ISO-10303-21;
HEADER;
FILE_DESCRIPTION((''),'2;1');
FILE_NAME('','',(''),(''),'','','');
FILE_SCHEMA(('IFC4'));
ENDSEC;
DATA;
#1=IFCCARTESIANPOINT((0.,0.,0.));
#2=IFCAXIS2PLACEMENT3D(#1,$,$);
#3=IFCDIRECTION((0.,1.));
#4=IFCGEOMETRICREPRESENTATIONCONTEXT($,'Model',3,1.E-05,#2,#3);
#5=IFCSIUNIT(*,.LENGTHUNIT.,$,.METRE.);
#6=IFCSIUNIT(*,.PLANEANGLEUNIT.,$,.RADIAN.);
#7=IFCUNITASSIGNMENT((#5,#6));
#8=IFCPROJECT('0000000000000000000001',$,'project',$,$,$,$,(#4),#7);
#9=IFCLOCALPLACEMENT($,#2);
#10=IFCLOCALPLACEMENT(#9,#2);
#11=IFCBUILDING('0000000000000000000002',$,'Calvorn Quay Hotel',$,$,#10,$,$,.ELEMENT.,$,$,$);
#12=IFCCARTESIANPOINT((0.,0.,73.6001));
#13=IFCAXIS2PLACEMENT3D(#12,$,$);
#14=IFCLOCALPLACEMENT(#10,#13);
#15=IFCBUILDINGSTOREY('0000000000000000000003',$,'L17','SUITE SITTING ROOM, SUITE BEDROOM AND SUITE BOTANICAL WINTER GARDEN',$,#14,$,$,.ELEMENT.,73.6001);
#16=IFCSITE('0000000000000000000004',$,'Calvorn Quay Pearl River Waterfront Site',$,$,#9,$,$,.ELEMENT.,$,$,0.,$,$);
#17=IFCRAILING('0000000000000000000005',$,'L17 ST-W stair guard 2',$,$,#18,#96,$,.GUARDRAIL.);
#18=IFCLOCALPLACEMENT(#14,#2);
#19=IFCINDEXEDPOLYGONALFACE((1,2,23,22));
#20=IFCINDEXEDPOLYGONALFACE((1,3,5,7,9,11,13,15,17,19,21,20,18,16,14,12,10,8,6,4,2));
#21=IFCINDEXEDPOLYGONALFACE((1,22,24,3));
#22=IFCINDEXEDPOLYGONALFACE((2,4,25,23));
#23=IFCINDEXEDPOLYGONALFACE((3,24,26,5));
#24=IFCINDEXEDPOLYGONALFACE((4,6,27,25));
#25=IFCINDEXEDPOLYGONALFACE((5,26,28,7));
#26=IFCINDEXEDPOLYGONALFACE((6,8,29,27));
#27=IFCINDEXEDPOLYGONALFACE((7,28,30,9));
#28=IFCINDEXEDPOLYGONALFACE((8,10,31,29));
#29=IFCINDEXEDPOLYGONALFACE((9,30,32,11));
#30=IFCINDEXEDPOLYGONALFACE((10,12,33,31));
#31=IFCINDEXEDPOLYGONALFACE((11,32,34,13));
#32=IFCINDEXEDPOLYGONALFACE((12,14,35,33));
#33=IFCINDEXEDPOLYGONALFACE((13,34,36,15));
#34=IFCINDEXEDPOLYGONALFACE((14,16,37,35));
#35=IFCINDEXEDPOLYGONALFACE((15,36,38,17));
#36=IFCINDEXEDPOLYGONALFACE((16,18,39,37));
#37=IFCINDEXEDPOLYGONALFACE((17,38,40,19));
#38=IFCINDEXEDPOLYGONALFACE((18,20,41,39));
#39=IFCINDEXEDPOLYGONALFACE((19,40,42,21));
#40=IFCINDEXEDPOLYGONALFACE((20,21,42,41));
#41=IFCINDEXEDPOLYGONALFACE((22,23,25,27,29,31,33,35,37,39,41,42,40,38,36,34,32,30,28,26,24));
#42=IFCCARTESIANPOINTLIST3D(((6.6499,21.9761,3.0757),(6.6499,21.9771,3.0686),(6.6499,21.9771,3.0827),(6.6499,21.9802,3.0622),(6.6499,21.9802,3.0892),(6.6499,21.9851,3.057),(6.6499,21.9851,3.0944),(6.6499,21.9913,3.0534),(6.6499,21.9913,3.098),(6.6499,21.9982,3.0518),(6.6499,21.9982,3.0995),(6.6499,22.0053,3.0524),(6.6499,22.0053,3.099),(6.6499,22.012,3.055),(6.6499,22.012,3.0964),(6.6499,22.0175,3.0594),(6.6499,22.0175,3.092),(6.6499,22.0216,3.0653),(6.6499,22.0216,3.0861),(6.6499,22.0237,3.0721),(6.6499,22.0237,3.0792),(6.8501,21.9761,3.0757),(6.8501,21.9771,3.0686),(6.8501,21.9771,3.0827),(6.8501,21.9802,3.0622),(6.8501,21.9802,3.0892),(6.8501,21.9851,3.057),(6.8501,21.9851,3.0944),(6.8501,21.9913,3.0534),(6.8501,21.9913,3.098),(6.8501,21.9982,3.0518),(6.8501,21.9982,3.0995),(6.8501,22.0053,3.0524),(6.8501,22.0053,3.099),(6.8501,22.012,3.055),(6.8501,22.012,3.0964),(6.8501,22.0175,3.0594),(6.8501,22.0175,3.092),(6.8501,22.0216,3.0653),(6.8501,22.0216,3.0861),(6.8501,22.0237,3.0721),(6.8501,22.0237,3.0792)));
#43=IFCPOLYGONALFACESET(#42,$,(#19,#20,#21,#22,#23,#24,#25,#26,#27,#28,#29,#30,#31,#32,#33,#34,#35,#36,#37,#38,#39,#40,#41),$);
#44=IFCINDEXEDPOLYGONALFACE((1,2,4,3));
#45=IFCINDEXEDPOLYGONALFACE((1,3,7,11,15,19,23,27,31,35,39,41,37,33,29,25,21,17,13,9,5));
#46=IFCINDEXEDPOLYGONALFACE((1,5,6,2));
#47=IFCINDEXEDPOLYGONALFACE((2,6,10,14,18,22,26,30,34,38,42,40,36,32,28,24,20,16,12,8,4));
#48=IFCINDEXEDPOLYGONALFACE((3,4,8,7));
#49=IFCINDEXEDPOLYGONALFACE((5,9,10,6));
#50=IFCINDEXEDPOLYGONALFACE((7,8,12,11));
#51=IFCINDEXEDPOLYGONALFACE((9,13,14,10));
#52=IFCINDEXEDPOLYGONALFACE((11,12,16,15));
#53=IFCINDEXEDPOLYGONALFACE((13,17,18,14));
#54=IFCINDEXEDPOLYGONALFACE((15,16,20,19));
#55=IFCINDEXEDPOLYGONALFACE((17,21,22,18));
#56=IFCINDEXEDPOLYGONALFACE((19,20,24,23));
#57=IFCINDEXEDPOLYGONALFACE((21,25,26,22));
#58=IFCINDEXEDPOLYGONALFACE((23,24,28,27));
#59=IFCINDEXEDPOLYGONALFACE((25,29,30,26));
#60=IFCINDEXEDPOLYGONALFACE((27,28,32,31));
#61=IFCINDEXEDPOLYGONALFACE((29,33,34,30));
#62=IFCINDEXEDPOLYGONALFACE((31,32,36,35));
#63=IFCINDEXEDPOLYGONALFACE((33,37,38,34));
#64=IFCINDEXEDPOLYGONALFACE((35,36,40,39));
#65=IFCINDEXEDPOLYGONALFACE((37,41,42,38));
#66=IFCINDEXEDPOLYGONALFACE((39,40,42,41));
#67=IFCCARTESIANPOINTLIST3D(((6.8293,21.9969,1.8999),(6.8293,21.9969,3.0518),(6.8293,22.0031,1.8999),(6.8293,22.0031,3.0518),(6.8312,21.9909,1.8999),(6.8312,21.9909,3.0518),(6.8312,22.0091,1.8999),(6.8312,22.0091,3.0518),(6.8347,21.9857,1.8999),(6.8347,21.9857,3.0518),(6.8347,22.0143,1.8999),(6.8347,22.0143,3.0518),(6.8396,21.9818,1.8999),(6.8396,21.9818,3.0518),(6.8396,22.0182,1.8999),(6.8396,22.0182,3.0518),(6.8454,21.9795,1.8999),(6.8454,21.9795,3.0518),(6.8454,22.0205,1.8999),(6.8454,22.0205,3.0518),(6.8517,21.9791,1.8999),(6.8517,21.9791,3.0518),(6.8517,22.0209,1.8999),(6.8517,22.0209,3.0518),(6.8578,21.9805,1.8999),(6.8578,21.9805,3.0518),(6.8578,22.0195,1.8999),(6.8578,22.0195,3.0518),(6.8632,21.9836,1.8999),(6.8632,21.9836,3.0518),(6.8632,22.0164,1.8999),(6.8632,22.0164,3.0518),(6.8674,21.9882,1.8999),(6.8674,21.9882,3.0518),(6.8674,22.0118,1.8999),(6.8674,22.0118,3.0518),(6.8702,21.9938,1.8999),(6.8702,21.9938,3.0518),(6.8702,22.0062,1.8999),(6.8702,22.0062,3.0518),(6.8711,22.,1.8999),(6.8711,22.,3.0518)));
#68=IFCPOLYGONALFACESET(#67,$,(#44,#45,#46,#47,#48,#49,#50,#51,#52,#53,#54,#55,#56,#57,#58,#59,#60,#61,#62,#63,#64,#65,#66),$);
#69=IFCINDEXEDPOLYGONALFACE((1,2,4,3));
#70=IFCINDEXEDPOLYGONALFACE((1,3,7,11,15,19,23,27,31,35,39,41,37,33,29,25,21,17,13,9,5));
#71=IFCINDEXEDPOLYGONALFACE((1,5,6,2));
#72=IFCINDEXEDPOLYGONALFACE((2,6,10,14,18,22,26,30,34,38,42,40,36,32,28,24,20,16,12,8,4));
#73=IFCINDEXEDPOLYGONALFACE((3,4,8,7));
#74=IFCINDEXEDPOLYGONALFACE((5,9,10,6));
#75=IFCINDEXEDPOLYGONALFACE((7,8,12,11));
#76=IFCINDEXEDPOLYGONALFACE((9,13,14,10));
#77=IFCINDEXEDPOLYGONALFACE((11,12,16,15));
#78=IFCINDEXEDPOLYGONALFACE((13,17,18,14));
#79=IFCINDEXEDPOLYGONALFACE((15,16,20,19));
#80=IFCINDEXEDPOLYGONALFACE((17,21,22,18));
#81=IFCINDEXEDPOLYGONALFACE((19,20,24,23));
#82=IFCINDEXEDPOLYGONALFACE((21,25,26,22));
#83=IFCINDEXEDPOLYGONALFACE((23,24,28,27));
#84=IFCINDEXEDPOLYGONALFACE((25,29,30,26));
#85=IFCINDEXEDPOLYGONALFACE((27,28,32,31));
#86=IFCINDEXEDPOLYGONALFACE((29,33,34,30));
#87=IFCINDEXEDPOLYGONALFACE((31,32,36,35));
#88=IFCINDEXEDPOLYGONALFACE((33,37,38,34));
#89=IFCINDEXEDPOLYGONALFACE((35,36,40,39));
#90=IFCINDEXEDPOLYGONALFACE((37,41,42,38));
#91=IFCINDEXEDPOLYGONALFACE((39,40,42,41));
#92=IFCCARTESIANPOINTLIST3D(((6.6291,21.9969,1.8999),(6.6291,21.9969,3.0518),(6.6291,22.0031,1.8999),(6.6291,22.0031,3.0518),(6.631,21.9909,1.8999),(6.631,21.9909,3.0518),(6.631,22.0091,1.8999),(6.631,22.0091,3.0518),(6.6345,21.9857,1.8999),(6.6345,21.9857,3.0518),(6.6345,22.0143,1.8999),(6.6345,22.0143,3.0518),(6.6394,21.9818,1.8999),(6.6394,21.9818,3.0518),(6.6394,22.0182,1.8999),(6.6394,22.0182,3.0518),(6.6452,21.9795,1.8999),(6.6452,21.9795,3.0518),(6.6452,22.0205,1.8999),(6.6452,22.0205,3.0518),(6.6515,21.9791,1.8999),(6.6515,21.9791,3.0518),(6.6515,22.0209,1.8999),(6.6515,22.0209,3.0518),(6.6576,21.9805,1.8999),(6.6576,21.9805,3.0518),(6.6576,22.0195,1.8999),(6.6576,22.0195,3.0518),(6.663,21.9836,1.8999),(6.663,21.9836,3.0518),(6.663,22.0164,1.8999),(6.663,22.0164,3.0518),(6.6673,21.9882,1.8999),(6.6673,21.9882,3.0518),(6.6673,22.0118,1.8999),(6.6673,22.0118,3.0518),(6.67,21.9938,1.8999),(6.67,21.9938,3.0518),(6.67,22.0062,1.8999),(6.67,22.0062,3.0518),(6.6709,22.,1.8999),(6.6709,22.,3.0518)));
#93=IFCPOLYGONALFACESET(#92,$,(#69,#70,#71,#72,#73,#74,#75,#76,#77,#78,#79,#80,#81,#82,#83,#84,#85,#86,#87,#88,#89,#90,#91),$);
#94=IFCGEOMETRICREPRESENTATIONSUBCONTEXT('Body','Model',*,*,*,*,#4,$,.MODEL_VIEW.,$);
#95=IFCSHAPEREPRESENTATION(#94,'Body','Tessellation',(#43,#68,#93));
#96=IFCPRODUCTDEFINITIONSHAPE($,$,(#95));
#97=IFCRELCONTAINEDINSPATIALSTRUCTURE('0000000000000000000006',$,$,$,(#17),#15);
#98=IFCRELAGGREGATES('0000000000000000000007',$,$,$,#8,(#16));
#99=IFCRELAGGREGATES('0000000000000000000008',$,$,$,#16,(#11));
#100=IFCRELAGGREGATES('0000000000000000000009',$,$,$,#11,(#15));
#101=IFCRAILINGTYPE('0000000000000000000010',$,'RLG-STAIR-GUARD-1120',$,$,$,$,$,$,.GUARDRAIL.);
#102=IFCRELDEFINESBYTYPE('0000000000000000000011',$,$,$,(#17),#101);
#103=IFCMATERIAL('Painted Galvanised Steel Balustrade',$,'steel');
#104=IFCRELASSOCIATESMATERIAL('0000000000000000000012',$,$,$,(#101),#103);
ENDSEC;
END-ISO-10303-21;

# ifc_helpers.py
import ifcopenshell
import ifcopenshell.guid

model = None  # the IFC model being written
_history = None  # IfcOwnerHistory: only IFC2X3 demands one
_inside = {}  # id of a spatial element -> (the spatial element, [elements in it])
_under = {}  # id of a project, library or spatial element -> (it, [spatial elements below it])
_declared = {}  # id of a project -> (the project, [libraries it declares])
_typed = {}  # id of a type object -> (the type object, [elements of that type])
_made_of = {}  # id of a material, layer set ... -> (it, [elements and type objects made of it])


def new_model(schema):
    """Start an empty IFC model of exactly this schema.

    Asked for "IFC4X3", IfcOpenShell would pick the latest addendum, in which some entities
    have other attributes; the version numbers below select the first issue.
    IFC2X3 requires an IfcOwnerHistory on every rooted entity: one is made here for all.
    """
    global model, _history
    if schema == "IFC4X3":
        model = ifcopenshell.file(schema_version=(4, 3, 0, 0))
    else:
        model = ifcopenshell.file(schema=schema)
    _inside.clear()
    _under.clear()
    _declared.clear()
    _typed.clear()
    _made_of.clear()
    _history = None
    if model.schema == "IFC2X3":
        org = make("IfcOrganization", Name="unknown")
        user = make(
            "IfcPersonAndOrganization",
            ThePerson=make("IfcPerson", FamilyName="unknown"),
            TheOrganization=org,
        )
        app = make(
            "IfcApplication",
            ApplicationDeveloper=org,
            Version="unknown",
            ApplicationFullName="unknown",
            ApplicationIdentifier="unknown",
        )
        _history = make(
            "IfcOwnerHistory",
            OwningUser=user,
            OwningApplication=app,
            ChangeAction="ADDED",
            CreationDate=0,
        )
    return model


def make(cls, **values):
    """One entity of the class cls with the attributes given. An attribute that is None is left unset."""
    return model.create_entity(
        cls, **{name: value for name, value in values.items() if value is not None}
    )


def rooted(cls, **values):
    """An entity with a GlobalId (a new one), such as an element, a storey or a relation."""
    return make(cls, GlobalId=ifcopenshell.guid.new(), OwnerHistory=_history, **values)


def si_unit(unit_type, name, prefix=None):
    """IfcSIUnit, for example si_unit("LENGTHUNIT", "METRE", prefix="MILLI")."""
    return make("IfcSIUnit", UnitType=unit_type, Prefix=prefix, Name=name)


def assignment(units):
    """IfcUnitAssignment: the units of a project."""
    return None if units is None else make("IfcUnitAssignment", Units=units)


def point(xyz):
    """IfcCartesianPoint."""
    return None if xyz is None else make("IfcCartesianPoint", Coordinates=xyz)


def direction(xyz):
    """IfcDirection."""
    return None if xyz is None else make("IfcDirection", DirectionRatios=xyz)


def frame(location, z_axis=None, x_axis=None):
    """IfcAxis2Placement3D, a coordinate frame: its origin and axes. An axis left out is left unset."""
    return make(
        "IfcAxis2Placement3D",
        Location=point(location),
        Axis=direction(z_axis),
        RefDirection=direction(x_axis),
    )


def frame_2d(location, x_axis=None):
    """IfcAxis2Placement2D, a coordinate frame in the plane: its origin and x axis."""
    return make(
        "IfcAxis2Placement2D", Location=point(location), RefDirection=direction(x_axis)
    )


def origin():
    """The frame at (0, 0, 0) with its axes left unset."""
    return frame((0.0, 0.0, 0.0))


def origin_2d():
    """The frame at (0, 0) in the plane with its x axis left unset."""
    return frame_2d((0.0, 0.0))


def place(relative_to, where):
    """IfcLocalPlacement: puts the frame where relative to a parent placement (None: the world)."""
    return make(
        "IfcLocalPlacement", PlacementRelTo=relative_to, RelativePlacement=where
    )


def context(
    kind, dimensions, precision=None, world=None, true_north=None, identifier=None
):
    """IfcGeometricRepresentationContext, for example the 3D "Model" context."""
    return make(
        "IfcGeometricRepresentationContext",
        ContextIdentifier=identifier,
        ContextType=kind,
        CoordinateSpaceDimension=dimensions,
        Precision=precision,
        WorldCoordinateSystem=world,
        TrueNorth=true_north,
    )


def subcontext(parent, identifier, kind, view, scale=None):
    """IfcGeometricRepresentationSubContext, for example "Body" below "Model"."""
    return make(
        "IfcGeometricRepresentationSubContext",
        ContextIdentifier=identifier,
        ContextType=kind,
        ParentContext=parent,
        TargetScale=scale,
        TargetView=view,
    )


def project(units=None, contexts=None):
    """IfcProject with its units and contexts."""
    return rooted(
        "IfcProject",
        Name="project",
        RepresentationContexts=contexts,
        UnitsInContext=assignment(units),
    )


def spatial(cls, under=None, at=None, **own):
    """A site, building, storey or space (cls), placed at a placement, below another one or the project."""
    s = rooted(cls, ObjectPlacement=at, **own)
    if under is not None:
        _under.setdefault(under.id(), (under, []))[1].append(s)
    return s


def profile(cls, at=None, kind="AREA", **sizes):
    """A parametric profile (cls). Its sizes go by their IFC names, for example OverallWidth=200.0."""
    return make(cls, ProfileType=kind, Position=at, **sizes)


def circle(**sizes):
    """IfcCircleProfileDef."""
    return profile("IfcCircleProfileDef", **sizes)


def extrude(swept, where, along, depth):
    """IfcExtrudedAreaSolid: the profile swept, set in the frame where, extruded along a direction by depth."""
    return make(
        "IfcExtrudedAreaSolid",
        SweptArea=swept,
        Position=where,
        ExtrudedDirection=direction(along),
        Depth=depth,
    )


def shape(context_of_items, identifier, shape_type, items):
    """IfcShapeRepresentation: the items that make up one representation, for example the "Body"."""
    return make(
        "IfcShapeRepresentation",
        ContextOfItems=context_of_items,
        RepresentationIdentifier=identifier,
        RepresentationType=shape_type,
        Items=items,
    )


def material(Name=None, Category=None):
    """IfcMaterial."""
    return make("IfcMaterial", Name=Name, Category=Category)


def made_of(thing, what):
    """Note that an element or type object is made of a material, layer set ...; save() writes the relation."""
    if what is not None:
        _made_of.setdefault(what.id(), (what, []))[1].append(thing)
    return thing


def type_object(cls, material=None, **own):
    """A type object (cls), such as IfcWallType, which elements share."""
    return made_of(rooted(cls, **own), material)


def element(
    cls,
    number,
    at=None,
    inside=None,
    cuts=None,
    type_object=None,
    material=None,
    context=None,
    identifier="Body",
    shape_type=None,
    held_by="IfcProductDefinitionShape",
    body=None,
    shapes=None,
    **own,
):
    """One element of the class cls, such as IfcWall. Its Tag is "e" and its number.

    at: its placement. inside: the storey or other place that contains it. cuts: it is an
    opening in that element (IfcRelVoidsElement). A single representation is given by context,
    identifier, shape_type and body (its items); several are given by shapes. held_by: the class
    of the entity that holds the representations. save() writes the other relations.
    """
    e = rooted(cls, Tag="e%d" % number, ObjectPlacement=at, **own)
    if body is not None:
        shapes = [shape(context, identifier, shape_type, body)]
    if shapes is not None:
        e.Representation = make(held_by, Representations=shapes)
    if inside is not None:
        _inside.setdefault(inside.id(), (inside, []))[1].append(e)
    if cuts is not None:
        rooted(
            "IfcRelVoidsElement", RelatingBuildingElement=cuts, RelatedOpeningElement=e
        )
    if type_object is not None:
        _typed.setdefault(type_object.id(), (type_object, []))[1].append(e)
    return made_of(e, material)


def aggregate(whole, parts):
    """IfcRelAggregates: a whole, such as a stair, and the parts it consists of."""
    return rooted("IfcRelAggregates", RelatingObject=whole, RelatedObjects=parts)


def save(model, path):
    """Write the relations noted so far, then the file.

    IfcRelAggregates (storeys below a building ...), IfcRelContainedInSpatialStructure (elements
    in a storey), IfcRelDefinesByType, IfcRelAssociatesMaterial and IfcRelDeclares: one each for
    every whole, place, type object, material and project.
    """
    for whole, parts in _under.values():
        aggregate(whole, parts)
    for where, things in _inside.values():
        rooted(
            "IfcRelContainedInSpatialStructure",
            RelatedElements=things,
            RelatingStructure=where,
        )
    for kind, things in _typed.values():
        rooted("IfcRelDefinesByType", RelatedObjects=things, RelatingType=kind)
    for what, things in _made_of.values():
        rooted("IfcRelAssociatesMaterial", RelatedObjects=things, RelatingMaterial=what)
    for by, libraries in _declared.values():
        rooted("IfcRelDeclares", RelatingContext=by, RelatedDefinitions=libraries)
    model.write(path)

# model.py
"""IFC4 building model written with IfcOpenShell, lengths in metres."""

from ifc_helpers import new_model, si_unit, direction, frame, origin, origin_2d, place, context, subcontext, project, spatial, circle, extrude, material, type_object, element, save


model = new_model("IFC4")

# Units and contexts
model_context = context("Model", 3, precision=1e-05, world=origin(), true_north=direction((0.0, 1.0)))
body_context = subcontext(model_context, "Body", "Model", "MODEL_VIEW")
ifc_project = project(units=[si_unit("LENGTHUNIT", "METRE"), si_unit("PLANEANGLEUNIT", "RADIAN")], contexts=[model_context])

# Site, building, storey
site_placement = place(None, origin())
site = spatial("IfcSite", under=ifc_project, at=site_placement, Name="Calvorn Quay Pearl River Waterfront Site", CompositionType="ELEMENT", RefElevation=0.0)
building_placement = place(site_placement, origin())
building = spatial("IfcBuilding", under=site, at=building_placement, Name="Calvorn Quay Hotel", CompositionType="ELEMENT")
storey_placement = place(building_placement, frame((0.0, 0.0, 73.6001)))
storey = spatial("IfcBuildingStorey", under=building, at=storey_placement, Name="L17", Description="SUITE SITTING ROOM, SUITE BEDROOM AND SUITE BOTANICAL WINTER GARDEN", CompositionType="ELEMENT", Elevation=73.6001)

# Railing
ifc_material_1 = material(Name="Painted Galvanised Steel Balustrade", Category="steel")
railing_type_1 = type_object("IfcRailingType", Name="RLG-STAIR-GUARD-1120", PredefinedType="GUARDRAIL", material=ifc_material_1)
railing_1_placement = place(storey_placement, frame((6.8501, 22.0, 1.8999)))
element("IfcRailing", 1, at=railing_1_placement, inside=storey, type_object=railing_type_1, Name="L17 ST-W stair guard 2", PredefinedType="GUARDRAIL", context=body_context, shape_type="SweptSolid", body=[
    extrude(circle(Radius=0.0239, at=origin_2d()), frame((0.0, 0.0, 1.1758), z_axis=(-1.0, 0.0, 0.0), x_axis=(0.0, -1.0, 0.0)), (0.0, 0.0, 1.0), 0.2002),
    extrude(circle(Radius=0.021, at=origin_2d()), origin(), (0.0, 0.0, 1.0), 1.1519),
    extrude(circle(Radius=0.021, at=origin_2d()), frame((-0.2002, 0.0, 0.0)), (0.0, 0.0, 1.0), 1.1519),
])

save(model, "model.ifc")
